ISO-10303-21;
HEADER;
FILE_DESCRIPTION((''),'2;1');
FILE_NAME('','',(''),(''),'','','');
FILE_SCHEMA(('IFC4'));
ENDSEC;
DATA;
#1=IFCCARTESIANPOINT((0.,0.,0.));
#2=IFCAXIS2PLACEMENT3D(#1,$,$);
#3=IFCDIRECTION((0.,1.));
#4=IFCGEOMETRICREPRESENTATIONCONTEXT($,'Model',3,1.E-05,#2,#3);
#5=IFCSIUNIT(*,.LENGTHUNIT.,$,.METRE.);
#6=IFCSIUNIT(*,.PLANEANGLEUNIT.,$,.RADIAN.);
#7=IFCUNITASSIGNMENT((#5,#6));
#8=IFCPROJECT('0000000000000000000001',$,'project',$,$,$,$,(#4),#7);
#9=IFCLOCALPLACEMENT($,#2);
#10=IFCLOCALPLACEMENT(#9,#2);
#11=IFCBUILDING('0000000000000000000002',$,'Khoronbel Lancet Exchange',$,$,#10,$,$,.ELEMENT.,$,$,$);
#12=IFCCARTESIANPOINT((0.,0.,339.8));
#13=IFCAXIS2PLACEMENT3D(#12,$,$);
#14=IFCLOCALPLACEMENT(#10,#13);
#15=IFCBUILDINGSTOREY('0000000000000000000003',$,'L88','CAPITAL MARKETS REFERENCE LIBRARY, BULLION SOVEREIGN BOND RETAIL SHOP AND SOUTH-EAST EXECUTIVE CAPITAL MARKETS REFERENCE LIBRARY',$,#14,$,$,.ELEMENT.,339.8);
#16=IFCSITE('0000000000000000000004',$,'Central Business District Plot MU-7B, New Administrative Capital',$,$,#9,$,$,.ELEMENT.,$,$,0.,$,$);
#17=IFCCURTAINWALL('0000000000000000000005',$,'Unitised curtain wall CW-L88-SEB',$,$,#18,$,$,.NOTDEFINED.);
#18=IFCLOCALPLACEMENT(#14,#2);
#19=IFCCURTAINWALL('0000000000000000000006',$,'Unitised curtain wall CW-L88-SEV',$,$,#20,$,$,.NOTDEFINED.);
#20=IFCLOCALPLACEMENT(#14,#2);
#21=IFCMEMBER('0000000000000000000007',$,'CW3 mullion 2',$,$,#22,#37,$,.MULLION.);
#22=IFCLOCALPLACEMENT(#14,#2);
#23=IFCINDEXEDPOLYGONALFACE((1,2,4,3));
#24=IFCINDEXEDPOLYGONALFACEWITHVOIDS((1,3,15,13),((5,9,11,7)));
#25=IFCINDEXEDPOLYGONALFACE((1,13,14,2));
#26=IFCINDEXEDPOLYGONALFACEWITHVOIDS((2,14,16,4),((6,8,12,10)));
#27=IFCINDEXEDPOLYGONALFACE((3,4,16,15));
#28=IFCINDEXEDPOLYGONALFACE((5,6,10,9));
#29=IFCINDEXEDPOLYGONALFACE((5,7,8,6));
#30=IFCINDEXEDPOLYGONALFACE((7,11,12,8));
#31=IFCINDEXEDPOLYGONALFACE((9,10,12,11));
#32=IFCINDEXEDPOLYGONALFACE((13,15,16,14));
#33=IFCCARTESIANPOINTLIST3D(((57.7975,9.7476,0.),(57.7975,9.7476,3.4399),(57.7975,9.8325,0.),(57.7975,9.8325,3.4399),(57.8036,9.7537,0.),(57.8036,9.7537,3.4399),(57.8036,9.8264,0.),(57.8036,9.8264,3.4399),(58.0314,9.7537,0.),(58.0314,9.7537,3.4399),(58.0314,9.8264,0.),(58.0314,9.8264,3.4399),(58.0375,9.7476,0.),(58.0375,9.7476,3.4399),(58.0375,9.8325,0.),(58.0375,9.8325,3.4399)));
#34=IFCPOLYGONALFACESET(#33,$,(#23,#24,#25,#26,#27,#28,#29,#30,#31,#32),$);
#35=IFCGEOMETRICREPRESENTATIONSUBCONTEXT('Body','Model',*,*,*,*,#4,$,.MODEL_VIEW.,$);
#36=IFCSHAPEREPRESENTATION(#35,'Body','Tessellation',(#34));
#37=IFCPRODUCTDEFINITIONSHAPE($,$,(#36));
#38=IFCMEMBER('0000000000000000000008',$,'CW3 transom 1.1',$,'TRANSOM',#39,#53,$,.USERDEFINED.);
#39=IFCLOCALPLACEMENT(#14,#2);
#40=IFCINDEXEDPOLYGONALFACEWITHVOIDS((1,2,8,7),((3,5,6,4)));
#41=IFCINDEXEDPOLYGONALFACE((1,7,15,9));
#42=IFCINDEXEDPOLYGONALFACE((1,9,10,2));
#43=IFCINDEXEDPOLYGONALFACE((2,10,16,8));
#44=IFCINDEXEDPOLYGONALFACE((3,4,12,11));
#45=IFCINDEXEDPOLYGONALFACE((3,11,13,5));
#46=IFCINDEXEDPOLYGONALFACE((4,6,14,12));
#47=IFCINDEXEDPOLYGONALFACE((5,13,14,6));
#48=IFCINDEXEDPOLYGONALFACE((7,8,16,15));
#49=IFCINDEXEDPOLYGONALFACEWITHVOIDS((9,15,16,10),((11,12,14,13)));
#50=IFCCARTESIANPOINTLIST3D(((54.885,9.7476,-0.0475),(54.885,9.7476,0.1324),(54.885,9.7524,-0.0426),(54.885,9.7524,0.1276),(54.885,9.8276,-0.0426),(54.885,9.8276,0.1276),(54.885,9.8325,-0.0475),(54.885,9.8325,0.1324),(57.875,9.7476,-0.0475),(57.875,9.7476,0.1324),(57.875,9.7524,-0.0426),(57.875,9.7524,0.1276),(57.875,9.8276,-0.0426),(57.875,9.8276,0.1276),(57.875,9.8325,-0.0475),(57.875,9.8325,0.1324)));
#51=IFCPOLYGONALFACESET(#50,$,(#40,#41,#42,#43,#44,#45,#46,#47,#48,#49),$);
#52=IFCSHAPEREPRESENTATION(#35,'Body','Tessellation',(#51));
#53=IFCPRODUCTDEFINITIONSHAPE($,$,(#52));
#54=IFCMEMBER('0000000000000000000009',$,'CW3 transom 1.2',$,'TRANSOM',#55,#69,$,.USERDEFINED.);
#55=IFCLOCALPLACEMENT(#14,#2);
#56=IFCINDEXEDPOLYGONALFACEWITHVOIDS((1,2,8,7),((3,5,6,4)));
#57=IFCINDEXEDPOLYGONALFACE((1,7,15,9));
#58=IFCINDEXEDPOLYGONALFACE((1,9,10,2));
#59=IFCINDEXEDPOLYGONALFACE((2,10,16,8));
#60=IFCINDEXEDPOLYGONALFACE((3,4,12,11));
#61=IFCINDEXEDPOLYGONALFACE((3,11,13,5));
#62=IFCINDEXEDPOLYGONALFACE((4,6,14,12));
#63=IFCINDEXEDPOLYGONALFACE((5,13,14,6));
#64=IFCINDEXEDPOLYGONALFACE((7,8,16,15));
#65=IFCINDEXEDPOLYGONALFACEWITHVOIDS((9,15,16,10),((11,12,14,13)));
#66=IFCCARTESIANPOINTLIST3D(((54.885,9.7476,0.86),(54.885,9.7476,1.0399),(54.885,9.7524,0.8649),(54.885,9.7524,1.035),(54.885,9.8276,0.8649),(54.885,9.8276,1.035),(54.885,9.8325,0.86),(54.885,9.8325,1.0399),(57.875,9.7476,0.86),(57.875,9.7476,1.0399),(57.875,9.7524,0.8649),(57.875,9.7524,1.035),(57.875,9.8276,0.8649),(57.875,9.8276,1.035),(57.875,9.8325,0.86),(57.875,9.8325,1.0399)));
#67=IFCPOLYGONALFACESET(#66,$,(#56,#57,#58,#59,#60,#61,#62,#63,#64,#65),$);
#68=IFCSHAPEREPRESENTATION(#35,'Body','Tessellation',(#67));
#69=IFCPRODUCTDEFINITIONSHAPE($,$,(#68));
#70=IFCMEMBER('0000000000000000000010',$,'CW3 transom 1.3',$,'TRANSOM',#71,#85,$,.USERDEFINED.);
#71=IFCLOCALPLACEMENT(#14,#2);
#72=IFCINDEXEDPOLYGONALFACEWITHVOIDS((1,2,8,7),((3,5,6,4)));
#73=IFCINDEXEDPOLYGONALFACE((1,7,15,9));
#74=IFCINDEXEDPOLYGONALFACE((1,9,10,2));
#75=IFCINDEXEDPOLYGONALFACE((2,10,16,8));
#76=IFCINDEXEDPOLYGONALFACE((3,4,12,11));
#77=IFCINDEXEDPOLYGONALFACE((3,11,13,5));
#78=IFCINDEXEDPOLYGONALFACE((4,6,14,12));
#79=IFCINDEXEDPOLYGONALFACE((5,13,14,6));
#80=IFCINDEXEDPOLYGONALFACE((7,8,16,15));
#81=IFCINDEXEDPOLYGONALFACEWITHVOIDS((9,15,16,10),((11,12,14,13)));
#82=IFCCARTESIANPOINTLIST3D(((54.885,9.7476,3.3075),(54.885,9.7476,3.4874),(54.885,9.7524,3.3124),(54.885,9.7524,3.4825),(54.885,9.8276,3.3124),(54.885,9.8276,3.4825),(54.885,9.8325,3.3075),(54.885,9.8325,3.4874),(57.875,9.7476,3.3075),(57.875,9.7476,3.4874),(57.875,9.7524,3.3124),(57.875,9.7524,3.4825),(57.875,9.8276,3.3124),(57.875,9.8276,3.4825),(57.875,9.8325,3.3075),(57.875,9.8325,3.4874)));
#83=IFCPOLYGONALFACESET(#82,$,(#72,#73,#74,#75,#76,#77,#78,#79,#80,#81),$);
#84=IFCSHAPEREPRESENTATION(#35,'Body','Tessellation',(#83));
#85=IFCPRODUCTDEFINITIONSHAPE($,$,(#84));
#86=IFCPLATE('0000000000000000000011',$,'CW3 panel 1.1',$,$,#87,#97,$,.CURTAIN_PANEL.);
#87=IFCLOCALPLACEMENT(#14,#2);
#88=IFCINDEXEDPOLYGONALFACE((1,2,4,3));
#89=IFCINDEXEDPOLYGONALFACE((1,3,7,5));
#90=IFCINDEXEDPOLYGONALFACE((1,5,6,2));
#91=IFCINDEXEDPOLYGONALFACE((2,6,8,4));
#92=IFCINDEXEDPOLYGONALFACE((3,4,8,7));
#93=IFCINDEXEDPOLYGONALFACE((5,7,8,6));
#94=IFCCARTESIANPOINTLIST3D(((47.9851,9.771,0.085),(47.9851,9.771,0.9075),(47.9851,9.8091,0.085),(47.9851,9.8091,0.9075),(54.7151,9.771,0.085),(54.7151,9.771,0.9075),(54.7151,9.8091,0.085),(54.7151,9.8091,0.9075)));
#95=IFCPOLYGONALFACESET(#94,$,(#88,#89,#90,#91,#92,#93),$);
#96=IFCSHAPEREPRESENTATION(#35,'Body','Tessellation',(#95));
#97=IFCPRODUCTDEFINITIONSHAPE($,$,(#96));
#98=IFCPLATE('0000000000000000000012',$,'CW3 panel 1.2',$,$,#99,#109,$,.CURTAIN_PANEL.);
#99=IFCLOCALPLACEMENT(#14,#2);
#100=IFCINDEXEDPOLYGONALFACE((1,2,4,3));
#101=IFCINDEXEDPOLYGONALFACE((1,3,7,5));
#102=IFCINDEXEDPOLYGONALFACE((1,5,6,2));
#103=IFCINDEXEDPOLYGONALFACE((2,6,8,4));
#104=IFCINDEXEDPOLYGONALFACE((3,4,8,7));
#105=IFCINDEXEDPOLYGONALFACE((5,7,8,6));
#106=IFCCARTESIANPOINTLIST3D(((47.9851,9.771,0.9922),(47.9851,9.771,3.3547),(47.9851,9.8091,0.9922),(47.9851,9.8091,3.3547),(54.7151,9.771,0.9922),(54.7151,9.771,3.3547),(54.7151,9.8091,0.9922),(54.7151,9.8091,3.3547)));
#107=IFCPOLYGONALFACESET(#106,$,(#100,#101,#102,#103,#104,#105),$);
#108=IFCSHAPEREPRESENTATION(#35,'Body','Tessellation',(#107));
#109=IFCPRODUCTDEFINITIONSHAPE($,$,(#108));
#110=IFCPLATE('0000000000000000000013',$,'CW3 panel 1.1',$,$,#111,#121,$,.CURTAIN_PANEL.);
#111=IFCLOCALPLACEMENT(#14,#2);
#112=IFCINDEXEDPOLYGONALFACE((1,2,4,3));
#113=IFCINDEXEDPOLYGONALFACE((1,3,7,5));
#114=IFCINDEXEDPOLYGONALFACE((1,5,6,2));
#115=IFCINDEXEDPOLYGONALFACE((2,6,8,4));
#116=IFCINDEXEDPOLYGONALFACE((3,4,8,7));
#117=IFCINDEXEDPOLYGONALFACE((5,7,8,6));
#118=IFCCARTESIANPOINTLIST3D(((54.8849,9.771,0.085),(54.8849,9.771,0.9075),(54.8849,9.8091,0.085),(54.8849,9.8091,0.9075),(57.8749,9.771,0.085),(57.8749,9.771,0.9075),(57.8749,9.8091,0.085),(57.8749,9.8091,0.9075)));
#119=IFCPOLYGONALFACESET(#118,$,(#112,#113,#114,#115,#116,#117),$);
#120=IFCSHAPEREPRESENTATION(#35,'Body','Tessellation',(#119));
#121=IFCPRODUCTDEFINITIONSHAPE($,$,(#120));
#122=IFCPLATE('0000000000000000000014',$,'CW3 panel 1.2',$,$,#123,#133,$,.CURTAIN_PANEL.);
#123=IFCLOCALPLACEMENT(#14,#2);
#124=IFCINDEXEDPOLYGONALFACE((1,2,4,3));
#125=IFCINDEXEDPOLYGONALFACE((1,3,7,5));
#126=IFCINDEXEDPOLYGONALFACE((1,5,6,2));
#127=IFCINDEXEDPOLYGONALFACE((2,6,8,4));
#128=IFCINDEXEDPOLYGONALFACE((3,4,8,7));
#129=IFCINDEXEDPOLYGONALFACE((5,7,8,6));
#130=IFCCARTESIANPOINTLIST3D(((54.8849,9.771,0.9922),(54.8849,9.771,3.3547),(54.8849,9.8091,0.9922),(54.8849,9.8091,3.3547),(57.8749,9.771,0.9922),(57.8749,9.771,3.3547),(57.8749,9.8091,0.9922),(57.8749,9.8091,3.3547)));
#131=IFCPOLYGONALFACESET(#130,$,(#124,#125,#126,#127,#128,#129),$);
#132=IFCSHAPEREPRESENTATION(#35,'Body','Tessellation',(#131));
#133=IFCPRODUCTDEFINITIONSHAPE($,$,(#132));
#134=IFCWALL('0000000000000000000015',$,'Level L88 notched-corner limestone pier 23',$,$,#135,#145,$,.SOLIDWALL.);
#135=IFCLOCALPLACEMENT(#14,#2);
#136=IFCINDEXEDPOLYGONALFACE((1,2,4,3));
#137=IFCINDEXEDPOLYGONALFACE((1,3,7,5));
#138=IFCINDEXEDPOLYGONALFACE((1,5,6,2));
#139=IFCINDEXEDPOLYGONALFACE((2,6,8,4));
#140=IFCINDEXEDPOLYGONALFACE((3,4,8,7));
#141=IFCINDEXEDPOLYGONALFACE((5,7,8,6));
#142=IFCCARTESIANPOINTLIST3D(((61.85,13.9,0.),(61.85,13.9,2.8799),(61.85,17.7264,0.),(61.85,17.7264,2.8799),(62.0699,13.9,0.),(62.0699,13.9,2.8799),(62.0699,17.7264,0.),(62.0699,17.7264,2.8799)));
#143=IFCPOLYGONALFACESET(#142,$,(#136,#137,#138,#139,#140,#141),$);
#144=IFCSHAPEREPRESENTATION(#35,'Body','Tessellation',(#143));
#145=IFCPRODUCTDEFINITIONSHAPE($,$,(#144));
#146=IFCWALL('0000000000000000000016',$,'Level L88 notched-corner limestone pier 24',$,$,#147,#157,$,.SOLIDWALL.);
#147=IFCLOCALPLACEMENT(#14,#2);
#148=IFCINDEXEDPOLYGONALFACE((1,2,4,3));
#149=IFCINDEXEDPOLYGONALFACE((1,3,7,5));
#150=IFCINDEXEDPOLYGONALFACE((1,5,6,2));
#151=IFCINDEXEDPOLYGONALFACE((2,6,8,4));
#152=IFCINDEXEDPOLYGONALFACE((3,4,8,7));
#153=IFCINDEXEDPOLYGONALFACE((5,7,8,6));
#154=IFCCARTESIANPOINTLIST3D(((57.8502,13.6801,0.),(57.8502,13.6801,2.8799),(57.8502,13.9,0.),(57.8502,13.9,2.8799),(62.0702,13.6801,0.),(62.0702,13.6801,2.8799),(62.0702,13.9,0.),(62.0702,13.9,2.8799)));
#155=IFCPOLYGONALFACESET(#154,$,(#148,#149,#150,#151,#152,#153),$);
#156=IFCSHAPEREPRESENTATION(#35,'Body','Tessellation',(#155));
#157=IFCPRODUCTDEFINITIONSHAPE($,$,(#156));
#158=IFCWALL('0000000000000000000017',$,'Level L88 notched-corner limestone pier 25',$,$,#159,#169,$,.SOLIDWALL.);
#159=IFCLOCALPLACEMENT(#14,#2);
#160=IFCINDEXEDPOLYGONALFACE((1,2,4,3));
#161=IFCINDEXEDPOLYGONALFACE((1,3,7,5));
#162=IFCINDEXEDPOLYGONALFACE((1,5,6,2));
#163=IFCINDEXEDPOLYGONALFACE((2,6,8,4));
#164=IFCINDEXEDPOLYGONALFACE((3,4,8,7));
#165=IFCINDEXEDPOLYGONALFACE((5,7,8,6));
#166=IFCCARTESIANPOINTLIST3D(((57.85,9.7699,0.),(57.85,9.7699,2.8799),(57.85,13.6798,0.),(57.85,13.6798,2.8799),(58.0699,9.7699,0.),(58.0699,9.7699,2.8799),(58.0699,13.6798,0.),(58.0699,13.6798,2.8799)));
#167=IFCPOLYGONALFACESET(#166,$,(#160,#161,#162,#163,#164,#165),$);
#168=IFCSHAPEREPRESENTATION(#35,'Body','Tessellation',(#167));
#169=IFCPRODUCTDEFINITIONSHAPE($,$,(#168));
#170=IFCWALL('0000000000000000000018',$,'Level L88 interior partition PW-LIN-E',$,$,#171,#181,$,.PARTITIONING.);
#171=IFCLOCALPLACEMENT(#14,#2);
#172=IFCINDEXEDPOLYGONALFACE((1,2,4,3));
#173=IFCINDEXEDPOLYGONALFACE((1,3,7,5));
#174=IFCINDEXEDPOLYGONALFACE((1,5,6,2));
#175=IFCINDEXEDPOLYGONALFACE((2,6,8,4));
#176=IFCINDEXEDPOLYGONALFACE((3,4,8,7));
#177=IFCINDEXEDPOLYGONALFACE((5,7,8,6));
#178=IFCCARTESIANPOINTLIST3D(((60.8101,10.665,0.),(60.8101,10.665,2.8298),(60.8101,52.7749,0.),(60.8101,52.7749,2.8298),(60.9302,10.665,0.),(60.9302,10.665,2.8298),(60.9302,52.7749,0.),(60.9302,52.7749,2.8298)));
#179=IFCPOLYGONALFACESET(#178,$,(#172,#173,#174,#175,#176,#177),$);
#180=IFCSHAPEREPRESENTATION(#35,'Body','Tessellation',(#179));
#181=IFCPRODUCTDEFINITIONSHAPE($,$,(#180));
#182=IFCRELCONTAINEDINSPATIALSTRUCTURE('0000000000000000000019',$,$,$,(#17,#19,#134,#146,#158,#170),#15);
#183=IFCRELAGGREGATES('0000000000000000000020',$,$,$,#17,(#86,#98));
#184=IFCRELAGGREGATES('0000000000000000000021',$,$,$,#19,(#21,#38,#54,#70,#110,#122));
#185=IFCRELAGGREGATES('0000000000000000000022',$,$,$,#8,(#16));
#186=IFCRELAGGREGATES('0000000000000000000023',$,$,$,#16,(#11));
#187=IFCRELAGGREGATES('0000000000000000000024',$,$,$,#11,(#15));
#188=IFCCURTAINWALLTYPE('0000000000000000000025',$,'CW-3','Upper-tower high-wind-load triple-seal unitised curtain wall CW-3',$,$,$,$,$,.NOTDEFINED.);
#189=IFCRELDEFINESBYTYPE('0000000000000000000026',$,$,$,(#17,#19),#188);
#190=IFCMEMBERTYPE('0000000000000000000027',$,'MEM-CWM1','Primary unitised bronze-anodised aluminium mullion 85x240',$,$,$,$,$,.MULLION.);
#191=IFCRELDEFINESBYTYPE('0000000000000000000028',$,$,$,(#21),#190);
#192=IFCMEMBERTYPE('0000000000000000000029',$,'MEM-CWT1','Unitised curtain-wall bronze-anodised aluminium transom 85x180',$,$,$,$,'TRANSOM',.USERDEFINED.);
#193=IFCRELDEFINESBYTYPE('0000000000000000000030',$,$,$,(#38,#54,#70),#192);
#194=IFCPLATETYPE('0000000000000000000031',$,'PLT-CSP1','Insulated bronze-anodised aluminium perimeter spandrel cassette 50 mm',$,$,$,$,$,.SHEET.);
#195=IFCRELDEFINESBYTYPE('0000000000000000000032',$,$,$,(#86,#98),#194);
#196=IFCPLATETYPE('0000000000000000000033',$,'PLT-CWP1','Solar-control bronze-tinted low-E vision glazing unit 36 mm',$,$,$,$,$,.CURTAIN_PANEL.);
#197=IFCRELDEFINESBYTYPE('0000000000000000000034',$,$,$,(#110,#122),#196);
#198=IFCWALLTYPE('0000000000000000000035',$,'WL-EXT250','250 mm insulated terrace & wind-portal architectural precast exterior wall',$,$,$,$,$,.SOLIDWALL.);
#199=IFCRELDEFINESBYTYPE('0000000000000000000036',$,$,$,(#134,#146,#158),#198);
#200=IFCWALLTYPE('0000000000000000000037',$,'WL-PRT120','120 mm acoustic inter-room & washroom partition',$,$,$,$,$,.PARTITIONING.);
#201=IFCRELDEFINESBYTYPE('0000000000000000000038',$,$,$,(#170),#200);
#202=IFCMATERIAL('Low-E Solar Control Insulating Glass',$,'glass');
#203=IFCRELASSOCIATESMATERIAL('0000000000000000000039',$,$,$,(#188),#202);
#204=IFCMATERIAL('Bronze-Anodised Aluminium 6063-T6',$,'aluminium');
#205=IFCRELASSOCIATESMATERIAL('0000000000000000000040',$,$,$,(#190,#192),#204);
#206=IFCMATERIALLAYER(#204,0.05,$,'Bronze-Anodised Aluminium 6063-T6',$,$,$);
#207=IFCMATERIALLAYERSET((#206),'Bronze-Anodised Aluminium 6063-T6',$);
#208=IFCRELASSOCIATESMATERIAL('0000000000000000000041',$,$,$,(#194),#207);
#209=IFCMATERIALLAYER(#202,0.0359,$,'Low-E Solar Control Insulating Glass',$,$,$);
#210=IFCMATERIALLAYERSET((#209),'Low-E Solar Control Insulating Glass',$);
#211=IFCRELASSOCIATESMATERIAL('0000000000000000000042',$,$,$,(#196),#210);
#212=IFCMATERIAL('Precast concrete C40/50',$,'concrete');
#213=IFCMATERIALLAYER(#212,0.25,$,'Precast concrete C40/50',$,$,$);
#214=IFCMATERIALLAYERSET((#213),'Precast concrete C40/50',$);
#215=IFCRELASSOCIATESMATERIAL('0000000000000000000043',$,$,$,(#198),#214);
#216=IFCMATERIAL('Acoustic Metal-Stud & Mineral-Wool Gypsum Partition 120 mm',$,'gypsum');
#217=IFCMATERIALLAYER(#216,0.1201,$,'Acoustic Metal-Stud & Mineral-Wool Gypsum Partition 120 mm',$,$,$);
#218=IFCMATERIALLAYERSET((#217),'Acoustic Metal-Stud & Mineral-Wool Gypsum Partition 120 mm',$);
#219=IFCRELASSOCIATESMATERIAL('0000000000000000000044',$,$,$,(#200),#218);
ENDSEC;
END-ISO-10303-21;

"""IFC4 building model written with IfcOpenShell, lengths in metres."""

from ifc_helpers import new_model, si_unit, direction, frame, frame_2d, origin, origin_2d, place, context, subcontext, project, spatial, rectangle, hollow_rectangle, extrude, material, layer, layer_set, material_profile, profile_set, type_object, element, aggregate, save


model = new_model("IFC4")

# Units and contexts
model_context = context("Model", 3, precision=1e-05, world=origin(), true_north=direction((0.0, 1.0)))
body_context = subcontext(model_context, "Body", "Model", "MODEL_VIEW")
ifc_project = project(units=[si_unit("LENGTHUNIT", "METRE"), si_unit("PLANEANGLEUNIT", "RADIAN")], contexts=[model_context])

# Site, building, storey
site_placement = place(None, origin())
site = spatial("IfcSite", under=ifc_project, at=site_placement, Name="Central Business District Plot MU-7B, New Administrative Capital", CompositionType="ELEMENT", RefElevation=0.0)
building_placement = place(site_placement, origin())
building = spatial("IfcBuilding", under=site, at=building_placement, Name="Khoronbel Lancet Exchange", CompositionType="ELEMENT")
storey_placement = place(building_placement, frame((0.0, 0.0, 339.8)))
storey = spatial("IfcBuildingStorey", under=building, at=storey_placement, Name="L88", Description="CAPITAL MARKETS REFERENCE LIBRARY, BULLION SOVEREIGN BOND RETAIL SHOP AND SOUTH-EAST EXECUTIVE CAPITAL MARKETS REFERENCE LIBRARY", CompositionType="ELEMENT", Elevation=339.8)

# Curtain wall
ifc_material_1 = material(Name="Low-E Solar Control Insulating Glass", Category="glass")
curtain_wall_type = type_object("IfcCurtainWallType", Name="CW-3", Description="Upper-tower high-wind-load triple-seal unitised curtain wall CW-3", PredefinedType="NOTDEFINED", material=ifc_material_1)
curtain_wall_1_placement = place(storey_placement, origin())
curtain_wall_1 = element("IfcCurtainWall", 1, at=curtain_wall_1_placement, inside=storey, type_object=curtain_wall_type, Name="Unitised curtain wall CW-L88-SEB", PredefinedType="NOTDEFINED")
ifc_material_2 = material(Name="Bronze-Anodised Aluminium 6063-T6", Category="aluminium")
ifc_material_profile_1 = material_profile(ifc_material_2, hollow_rectangle(XDim=0.085, YDim=0.24, WallThickness=0.0061, at=origin_2d()), Name="ALU MULLION 85x240")
ifc_profile_set_1 = profile_set([ifc_material_profile_1], Name="Bronze-Anodised Aluminium 6063-T6")
member_type_1 = type_object("IfcMemberType", Name="MEM-CWM1", Description="Primary unitised bronze-anodised aluminium mullion 85x240", PredefinedType="MULLION", material=ifc_profile_set_1)

# Curtain wall, members
curtain_wall_2_placement = place(storey_placement, origin())
curtain_wall_2 = element("IfcCurtainWall", 2, at=curtain_wall_2_placement, inside=storey, type_object=curtain_wall_type, Name="Unitised curtain wall CW-L88-SEV", PredefinedType="NOTDEFINED")
member_1_placement = place(storey_placement, frame((57.9175, 9.79, 0.0), z_axis=(0.0, 0.0, 1.0), x_axis=(0.0, 1.0, 0.0)))
member_1 = element("IfcMember", 3, at=member_1_placement, type_object=member_type_1, Name="CW3 mullion 2", PredefinedType="MULLION", context=body_context, shape_type="SweptSolid", body=[
    extrude(hollow_rectangle(XDim=0.085, YDim=0.24, WallThickness=0.0061, at=origin_2d()), origin(), (0.0, 0.0, 1.0), 3.4399),
])
ifc_material_profile_2 = material_profile(ifc_material_2, hollow_rectangle(XDim=0.085, YDim=0.1799, WallThickness=0.0049, at=origin_2d()), Name="ALU TRANSOM 85x180")
ifc_profile_set_2 = profile_set([ifc_material_profile_2], Name="Bronze-Anodised Aluminium 6063-T6")
member_type_2 = type_object("IfcMemberType", Name="MEM-CWT1", Description="Unitised curtain-wall bronze-anodised aluminium transom 85x180", ElementType="TRANSOM", PredefinedType="USERDEFINED", material=ifc_profile_set_2)
member_2_placement = place(storey_placement, frame((54.885, 9.79, 0.0425), z_axis=(1.0, 0.0, 0.0), x_axis=(0.0, 1.0, 0.0)))
member_2 = element("IfcMember", 4, at=member_2_placement, type_object=member_type_2, Name="CW3 transom 1.1", ObjectType="TRANSOM", PredefinedType="USERDEFINED", context=body_context, shape_type="SweptSolid", body=[
    extrude(hollow_rectangle(XDim=0.085, YDim=0.1799, WallThickness=0.0049, at=origin_2d()), origin(), (0.0, 0.0, 1.0), 2.99),
])
member_3_placement = place(storey_placement, frame((54.885, 9.79, 0.95), z_axis=(1.0, 0.0, 0.0), x_axis=(0.0, 1.0, 0.0)))
member_3 = element("IfcMember", 5, at=member_3_placement, type_object=member_type_2, Name="CW3 transom 1.2", ObjectType="TRANSOM", PredefinedType="USERDEFINED", context=body_context, shape_type="SweptSolid", body=[
    extrude(hollow_rectangle(XDim=0.085, YDim=0.1799, WallThickness=0.0049, at=origin_2d()), origin(), (0.0, 0.0, 1.0), 2.99),
])
member_4_placement = place(storey_placement, frame((54.885, 9.79, 3.3975), z_axis=(1.0, 0.0, 0.0), x_axis=(0.0, 1.0, 0.0)))
member_4 = element("IfcMember", 6, at=member_4_placement, type_object=member_type_2, Name="CW3 transom 1.3", ObjectType="TRANSOM", PredefinedType="USERDEFINED", context=body_context, shape_type="SweptSolid", body=[
    extrude(hollow_rectangle(XDim=0.085, YDim=0.1799, WallThickness=0.0049, at=origin_2d()), origin(), (0.0, 0.0, 1.0), 2.99),
])

# Plates
ifc_layer_1 = layer(ifc_material_2, 0.05, Name="Bronze-Anodised Aluminium 6063-T6")
ifc_layer_set_1 = layer_set([ifc_layer_1], Name="Bronze-Anodised Aluminium 6063-T6")
plate_type_1 = type_object("IfcPlateType", Name="PLT-CSP1", Description="Insulated bronze-anodised aluminium perimeter spandrel cassette 50 mm", PredefinedType="SHEET", material=ifc_layer_set_1)
plate_1_placement = place(storey_placement, frame((51.3501, 9.79, 0.085), z_axis=(0.0, 0.0, 1.0), x_axis=(1.0, 0.0, 0.0)))
plate_1 = element("IfcPlate", 7, at=plate_1_placement, type_object=plate_type_1, Name="CW3 panel 1.1", PredefinedType="CURTAIN_PANEL", context=body_context, shape_type="SweptSolid", body=[
    extrude(rectangle(XDim=6.73, YDim=0.0381, at=origin_2d()), origin(), (0.0, 0.0, 1.0), 0.8225),
])
plate_2_placement = place(storey_placement, frame((51.3501, 9.79, 0.9922), z_axis=(0.0, 0.0, 1.0), x_axis=(1.0, 0.0, 0.0)))
plate_2 = element("IfcPlate", 8, at=plate_2_placement, type_object=plate_type_1, Name="CW3 panel 1.2", PredefinedType="CURTAIN_PANEL", context=body_context, shape_type="SweptSolid", body=[
    extrude(rectangle(XDim=6.73, YDim=0.0381, at=origin_2d()), origin(), (0.0, 0.0, 1.0), 2.3625),
])
aggregate(curtain_wall_1, [plate_1, plate_2])
ifc_layer_2 = layer(ifc_material_1, 0.0359, Name="Low-E Solar Control Insulating Glass")
ifc_layer_set_2 = layer_set([ifc_layer_2], Name="Low-E Solar Control Insulating Glass")
plate_type_2 = type_object("IfcPlateType", Name="PLT-CWP1", Description="Solar-control bronze-tinted low-E vision glazing unit 36 mm", PredefinedType="CURTAIN_PANEL", material=ifc_layer_set_2)
plate_3_placement = place(storey_placement, frame((56.3799, 9.79, 0.085), z_axis=(0.0, 0.0, 1.0), x_axis=(1.0, 0.0, 0.0)))
plate_3 = element("IfcPlate", 9, at=plate_3_placement, type_object=plate_type_2, Name="CW3 panel 1.1", PredefinedType="CURTAIN_PANEL", context=body_context, shape_type="SweptSolid", body=[
    extrude(rectangle(XDim=2.99, YDim=0.0381, at=origin_2d()), origin(), (0.0, 0.0, 1.0), 0.8225),
])
plate_4_placement = place(storey_placement, frame((56.3799, 9.79, 0.9922), z_axis=(0.0, 0.0, 1.0), x_axis=(1.0, 0.0, 0.0)))
plate_4 = element("IfcPlate", 10, at=plate_4_placement, type_object=plate_type_2, Name="CW3 panel 1.2", PredefinedType="CURTAIN_PANEL", context=body_context, shape_type="SweptSolid", body=[
    extrude(rectangle(XDim=2.99, YDim=0.0381, at=origin_2d()), origin(), (0.0, 0.0, 1.0), 2.3625),
])
aggregate(curtain_wall_2, [member_1, member_2, member_3, member_4, plate_3, plate_4])

# Walls
ifc_material_3 = material(Name="Precast concrete C40/50", Category="concrete")
ifc_layer_3 = layer(ifc_material_3, 0.25, Name="Precast concrete C40/50")
ifc_layer_set_3 = layer_set([ifc_layer_3], Name="Precast concrete C40/50")
wall_type_1 = type_object("IfcWallType", Name="WL-EXT250", Description="250 mm insulated terrace & wind-portal architectural precast exterior wall", PredefinedType="SOLIDWALL", material=ifc_layer_set_3)
wall_1_placement = place(storey_placement, frame((61.96, 17.7263, 0.0), z_axis=(0.0, 0.0, 1.0), x_axis=(0.0, -1.0, 0.0)))
element("IfcWall", 11, at=wall_1_placement, inside=storey, type_object=wall_type_1, Name="Level L88 notched-corner limestone pier 23", PredefinedType="SOLIDWALL", context=body_context, shape_type="SweptSolid", body=[
    extrude(rectangle(XDim=3.8264, YDim=0.22, at=frame_2d((1.9131, 0.0))), origin(), (0.0, 0.0, 1.0), 2.8799),
])
wall_2_placement = place(storey_placement, frame((62.0701, 13.79, 0.0), z_axis=(0.0, 0.0, 1.0), x_axis=(-1.0, 0.0, 0.0)))
element("IfcWall", 12, at=wall_2_placement, inside=storey, type_object=wall_type_1, Name="Level L88 notched-corner limestone pier 24", PredefinedType="SOLIDWALL", context=body_context, shape_type="SweptSolid", body=[
    extrude(rectangle(XDim=4.22, YDim=0.22, at=frame_2d((2.1099, 0.0))), origin(), (0.0, 0.0, 1.0), 2.8799),
])
wall_3_placement = place(storey_placement, frame((57.96, 13.6799, 0.0), z_axis=(0.0, 0.0, 1.0), x_axis=(0.0, -1.0, 0.0)))
element("IfcWall", 13, at=wall_3_placement, inside=storey, type_object=wall_type_1, Name="Level L88 notched-corner limestone pier 25", PredefinedType="SOLIDWALL", context=body_context, shape_type="SweptSolid", body=[
    extrude(rectangle(XDim=3.9099, YDim=0.22, at=frame_2d((1.9551, 0.0))), origin(), (0.0, 0.0, 1.0), 2.8799),
])
ifc_material_4 = material(Name="Acoustic Metal-Stud & Mineral-Wool Gypsum Partition 120 mm", Category="gypsum")
ifc_layer_4 = layer(ifc_material_4, 0.1201, Name="Acoustic Metal-Stud & Mineral-Wool Gypsum Partition 120 mm")
ifc_layer_set_4 = layer_set([ifc_layer_4], Name="Acoustic Metal-Stud & Mineral-Wool Gypsum Partition 120 mm")
wall_type_2 = type_object("IfcWallType", Name="WL-PRT120", Description="120 mm acoustic inter-room & washroom partition", PredefinedType="PARTITIONING", material=ifc_layer_set_4)
wall_4_placement = place(storey_placement, frame((60.8701, 10.665, 0.0), z_axis=(0.0, 0.0, 1.0), x_axis=(0.0, 1.0, 0.0)))
element("IfcWall", 14, at=wall_4_placement, inside=storey, type_object=wall_type_2, Name="Level L88 interior partition PW-LIN-E", PredefinedType="PARTITIONING", context=body_context, shape_type="SweptSolid", body=[
    extrude(rectangle(XDim=42.1099, YDim=0.1201, at=frame_2d((21.0549, 0.0))), origin(), (0.0, 0.0, 1.0), 2.8298),
])

save(model, "model.ifc")
